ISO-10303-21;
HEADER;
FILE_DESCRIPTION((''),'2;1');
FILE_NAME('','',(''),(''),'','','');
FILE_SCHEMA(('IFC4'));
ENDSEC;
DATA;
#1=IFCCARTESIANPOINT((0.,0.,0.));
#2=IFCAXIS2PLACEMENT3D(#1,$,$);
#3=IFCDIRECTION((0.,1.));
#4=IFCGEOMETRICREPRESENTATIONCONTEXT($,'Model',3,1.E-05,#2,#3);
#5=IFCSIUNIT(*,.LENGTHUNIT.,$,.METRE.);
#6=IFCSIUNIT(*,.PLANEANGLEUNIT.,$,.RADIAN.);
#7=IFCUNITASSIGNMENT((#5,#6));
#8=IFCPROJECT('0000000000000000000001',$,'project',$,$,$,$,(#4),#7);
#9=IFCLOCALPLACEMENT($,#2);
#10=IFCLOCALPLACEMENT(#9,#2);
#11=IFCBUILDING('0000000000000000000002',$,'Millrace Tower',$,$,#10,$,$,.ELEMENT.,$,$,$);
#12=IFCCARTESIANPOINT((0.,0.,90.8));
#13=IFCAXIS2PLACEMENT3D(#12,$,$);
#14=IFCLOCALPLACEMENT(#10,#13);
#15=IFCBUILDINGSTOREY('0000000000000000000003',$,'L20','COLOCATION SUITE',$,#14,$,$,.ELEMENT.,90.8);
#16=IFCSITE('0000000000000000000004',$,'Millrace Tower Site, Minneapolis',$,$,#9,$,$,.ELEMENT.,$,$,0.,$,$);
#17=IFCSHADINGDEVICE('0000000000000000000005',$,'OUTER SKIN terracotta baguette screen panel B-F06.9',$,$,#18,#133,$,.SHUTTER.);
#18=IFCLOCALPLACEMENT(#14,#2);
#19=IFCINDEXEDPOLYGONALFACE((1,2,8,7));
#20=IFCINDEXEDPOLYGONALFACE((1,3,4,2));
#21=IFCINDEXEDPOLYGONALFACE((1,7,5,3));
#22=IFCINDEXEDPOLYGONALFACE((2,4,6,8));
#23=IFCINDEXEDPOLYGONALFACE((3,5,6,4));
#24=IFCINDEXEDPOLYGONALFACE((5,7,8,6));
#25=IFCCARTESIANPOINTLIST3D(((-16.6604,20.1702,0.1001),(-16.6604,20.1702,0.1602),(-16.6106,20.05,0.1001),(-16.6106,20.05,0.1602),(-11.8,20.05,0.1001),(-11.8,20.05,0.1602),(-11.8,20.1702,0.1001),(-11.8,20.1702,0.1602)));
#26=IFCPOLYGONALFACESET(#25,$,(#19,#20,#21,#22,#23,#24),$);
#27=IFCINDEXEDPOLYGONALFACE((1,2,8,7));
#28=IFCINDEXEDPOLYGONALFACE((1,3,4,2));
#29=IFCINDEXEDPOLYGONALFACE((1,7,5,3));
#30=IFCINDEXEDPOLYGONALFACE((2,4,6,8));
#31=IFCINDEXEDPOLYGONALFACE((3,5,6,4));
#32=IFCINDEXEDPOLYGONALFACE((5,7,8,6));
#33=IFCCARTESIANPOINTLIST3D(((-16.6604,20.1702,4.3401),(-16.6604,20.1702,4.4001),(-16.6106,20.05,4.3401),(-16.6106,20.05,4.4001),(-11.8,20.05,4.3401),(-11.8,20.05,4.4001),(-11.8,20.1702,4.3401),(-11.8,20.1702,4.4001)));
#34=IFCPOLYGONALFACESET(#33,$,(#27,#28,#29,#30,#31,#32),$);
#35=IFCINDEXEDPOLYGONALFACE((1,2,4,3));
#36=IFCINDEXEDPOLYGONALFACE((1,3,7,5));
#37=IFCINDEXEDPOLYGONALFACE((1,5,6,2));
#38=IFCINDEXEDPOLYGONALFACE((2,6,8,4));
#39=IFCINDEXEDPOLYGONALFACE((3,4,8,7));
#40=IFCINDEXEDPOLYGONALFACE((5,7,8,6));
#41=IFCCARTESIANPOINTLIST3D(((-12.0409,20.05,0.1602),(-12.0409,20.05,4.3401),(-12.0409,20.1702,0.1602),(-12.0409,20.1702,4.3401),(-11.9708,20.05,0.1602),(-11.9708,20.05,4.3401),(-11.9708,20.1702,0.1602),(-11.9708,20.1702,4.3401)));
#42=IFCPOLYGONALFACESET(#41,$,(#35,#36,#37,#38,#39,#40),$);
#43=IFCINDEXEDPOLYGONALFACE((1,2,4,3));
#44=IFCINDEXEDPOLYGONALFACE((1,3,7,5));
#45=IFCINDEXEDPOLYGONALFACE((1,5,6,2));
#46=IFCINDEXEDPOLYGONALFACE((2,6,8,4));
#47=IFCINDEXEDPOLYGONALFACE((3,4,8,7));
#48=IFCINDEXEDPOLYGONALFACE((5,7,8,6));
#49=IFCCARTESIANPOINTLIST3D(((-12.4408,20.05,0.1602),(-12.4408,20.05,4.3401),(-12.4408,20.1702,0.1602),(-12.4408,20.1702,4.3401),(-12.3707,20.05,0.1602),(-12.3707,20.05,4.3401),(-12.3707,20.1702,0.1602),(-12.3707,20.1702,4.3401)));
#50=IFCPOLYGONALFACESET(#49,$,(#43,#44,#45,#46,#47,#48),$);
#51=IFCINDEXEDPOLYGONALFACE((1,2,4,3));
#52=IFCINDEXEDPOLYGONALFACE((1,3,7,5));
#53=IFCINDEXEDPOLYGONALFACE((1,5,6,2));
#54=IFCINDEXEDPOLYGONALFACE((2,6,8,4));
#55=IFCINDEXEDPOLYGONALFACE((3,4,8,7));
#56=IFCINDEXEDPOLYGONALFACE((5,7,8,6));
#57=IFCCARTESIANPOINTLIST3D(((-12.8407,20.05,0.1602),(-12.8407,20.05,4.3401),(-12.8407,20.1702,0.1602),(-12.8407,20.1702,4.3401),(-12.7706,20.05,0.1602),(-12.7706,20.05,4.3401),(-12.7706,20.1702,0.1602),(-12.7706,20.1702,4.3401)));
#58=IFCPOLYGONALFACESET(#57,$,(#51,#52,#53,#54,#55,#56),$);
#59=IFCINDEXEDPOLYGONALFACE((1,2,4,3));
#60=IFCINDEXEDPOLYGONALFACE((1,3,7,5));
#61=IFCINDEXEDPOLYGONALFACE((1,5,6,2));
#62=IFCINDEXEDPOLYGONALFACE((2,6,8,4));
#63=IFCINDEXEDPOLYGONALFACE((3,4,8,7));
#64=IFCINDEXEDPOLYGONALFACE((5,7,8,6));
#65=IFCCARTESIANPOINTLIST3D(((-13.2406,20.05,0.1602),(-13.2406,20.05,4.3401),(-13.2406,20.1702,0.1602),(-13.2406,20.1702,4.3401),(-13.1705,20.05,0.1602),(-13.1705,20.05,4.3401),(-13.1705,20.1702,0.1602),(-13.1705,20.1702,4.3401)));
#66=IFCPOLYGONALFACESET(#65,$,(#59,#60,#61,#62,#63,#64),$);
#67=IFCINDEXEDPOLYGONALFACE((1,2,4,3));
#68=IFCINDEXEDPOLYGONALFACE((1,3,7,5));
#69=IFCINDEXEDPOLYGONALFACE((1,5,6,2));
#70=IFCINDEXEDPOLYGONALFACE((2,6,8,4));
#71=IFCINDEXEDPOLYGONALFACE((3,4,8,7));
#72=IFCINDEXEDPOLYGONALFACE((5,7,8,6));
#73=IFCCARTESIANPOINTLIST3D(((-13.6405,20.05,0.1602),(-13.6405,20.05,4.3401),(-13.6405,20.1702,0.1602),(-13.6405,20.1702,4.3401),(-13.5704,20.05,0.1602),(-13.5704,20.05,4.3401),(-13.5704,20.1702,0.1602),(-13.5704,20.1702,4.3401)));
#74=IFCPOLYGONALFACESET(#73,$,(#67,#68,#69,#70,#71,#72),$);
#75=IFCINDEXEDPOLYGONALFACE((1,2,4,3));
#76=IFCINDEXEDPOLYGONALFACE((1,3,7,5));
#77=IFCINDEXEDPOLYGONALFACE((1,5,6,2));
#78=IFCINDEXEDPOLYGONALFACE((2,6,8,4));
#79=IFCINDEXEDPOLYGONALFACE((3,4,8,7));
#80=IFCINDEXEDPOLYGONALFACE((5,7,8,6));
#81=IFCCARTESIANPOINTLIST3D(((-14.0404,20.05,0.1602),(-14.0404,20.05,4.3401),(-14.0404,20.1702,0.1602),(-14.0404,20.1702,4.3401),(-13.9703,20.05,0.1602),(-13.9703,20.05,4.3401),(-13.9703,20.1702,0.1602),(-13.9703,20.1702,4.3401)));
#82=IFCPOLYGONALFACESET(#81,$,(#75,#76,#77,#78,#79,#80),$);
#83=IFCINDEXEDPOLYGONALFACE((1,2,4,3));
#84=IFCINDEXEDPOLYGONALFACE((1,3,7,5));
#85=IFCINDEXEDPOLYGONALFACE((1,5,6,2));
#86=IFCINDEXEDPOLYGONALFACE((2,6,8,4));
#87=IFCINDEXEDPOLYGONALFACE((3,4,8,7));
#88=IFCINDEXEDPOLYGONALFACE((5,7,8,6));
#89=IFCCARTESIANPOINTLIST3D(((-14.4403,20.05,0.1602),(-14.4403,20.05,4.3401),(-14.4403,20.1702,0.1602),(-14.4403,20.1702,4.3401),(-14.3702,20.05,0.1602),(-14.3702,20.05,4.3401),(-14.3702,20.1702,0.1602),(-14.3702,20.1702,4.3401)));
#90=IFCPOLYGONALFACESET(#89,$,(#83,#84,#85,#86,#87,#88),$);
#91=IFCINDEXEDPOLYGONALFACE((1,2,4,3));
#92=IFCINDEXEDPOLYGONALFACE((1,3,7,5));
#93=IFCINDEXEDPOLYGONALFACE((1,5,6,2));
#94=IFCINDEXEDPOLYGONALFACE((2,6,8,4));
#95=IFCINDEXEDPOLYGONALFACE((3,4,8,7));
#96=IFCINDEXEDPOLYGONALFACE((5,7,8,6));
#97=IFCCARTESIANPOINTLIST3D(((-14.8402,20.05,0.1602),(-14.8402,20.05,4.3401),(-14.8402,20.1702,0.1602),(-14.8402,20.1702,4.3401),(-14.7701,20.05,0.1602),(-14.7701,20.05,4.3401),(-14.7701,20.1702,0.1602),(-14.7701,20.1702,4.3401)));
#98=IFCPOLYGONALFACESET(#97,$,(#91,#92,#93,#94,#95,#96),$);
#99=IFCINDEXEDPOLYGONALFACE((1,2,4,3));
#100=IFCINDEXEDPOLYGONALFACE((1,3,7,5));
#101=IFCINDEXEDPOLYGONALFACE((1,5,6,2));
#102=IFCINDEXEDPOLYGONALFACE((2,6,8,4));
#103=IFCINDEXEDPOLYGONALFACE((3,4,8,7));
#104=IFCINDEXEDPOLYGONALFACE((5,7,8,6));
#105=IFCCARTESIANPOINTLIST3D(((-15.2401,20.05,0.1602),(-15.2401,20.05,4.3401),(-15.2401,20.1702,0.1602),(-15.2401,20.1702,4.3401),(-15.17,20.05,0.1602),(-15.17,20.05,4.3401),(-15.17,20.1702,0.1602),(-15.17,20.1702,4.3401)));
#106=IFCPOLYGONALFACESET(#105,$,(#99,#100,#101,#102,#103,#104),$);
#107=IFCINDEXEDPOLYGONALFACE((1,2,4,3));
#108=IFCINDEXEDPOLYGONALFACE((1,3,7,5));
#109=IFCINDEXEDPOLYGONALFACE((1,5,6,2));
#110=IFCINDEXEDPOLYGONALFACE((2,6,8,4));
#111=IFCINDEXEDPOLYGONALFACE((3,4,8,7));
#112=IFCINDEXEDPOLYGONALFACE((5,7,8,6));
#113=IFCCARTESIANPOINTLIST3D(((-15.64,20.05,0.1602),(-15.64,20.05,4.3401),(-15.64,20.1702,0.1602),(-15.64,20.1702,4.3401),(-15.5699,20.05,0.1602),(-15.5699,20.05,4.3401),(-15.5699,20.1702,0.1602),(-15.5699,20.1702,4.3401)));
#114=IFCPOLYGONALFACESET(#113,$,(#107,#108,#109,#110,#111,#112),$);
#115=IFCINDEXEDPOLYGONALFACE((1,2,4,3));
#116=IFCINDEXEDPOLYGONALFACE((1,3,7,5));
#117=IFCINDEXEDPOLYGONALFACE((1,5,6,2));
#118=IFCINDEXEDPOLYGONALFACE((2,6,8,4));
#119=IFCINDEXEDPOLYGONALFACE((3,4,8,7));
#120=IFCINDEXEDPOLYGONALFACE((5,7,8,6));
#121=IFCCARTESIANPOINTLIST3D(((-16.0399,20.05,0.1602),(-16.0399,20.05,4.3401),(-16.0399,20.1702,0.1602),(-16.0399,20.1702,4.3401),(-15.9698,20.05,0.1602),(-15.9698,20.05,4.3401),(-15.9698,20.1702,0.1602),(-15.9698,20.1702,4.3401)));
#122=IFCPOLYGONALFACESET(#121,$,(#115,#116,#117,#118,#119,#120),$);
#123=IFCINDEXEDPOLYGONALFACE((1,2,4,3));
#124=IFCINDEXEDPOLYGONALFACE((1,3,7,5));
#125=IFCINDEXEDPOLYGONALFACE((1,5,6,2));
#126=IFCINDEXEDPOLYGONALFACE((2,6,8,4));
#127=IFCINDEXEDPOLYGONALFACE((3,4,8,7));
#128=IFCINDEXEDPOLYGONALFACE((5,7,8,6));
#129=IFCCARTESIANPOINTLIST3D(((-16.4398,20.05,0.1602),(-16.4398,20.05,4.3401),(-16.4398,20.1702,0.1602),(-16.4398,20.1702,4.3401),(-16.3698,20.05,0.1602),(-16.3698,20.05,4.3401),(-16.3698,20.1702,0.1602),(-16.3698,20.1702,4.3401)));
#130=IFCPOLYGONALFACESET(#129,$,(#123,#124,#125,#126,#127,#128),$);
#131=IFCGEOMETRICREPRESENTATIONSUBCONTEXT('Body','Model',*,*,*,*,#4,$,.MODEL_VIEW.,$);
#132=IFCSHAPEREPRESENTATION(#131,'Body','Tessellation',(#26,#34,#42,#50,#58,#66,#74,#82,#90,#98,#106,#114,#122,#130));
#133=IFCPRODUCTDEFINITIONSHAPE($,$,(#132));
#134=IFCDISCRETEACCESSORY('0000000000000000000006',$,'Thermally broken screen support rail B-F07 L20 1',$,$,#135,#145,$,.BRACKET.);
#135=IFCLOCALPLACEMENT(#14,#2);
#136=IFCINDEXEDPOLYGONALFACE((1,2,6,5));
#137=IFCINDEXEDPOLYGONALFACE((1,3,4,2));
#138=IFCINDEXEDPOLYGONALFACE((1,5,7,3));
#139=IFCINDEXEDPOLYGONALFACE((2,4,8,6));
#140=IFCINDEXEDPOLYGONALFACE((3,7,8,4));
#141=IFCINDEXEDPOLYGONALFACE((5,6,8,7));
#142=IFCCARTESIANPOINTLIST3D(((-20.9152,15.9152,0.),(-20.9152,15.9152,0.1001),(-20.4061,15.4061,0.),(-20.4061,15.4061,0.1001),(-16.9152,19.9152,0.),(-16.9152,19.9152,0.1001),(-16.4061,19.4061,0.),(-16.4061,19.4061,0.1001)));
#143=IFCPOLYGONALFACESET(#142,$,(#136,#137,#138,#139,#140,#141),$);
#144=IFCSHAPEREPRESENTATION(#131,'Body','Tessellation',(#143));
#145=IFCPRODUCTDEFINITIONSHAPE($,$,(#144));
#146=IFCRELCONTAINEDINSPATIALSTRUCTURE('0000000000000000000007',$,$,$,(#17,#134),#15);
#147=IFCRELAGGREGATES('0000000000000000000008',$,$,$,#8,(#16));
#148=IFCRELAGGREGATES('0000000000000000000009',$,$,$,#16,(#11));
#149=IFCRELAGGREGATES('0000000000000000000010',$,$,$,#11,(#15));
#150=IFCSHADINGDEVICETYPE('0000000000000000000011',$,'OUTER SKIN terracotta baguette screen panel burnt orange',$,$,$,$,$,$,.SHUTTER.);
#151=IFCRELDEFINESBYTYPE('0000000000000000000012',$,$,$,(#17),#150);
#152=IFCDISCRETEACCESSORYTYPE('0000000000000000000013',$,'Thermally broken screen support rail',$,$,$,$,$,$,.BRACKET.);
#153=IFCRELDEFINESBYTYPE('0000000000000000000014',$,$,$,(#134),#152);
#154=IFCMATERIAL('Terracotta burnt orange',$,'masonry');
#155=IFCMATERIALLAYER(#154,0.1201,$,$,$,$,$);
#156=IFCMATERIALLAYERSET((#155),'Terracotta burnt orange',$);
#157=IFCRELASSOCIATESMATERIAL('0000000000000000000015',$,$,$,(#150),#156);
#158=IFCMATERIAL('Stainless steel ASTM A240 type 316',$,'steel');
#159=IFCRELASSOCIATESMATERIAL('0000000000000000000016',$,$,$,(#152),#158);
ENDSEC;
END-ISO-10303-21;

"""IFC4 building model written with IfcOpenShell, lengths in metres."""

from ifc_helpers import new_model, entity, si_unit, direction, frame, frame_2d, origin, origin_2d, place, context, subcontext, project, spatial, rectangle, extrude, source, transform, mapped, material, layer, layer_set, type_object, element, save


model = new_model("IFC4")

# Units and contexts
model_context = context("Model", 3, precision=1e-05, world=origin(), true_north=direction((0.0, 1.0)))
body_context = subcontext(model_context, "Body", "Model", "MODEL_VIEW")
ifc_project = project(units=[si_unit("LENGTHUNIT", "METRE"), si_unit("PLANEANGLEUNIT", "RADIAN")], contexts=[model_context])

# Site, building, storey
site_placement = place(None, origin())
site = spatial("IfcSite", under=ifc_project, at=site_placement, Name="Millrace Tower Site, Minneapolis", CompositionType="ELEMENT", RefElevation=0.0)
building_placement = place(site_placement, origin())
building = spatial("IfcBuilding", under=site, at=building_placement, Name="Millrace Tower", CompositionType="ELEMENT")
storey_placement = place(building_placement, frame((0.0, 0.0, 90.8)))
storey = spatial("IfcBuildingStorey", under=building, at=storey_placement, Name="L20", Description="COLOCATION SUITE", CompositionType="ELEMENT", Elevation=90.8)

# Shading device
ifc_material_1 = material(Name="Terracotta burnt orange", Category="masonry")
ifc_layer_1 = layer(ifc_material_1, 0.1201)
ifc_layer_set_1 = layer_set([ifc_layer_1], Name="Terracotta burnt orange")
shading_device_type = type_object("IfcShadingDeviceType", Name="OUTER SKIN terracotta baguette screen panel burnt orange", PredefinedType="SHUTTER", material=ifc_layer_set_1)
cartesian_point_1 = entity("IfcCartesianPoint", [-2.4177, 0.0601])
shared_polyline_1 = entity("IfcPolyline", [cartesian_point_1, entity("IfcCartesianPoint", [2.3928, 0.0601]), entity("IfcCartesianPoint", [2.4426, -0.0601]), entity("IfcCartesianPoint", [-2.4177, -0.0601]), cartesian_point_1])
shared_shape_1 = source(origin(), body_context, "Body", "SweptSolid", [
    entity("IfcExtrudedAreaSolid", entity("IfcArbitraryClosedProfileDef", "AREA", None, shared_polyline_1), entity("IfcAxis2Placement3D", entity("IfcCartesianPoint", [0.0, 0.0, 0.0])), entity("IfcDirection", [0.0, 0.0, 1.0]), 0.0601),
    entity("IfcExtrudedAreaSolid", entity("IfcArbitraryClosedProfileDef", "AREA", None, shared_polyline_1), entity("IfcAxis2Placement3D", entity("IfcCartesianPoint", [0.0, 0.0, 4.24])), entity("IfcDirection", [0.0, 0.0, 1.0]), 0.0601),
    extrude(rectangle(XDim=0.0701, YDim=0.1201, at=frame_2d((-2.2119, 0.0))), frame((0.0, 0.0, 0.0601)), (0.0, 0.0, 1.0), 4.1799),
    extrude(rectangle(XDim=0.0701, YDim=0.1201, at=frame_2d((-1.812, 0.0))), frame((0.0, 0.0, 0.0601)), (0.0, 0.0, 1.0), 4.1799),
    extrude(rectangle(XDim=0.0701, YDim=0.1201, at=frame_2d((-1.4121, 0.0))), frame((0.0, 0.0, 0.0601)), (0.0, 0.0, 1.0), 4.1799),
    extrude(rectangle(XDim=0.0701, YDim=0.1201, at=frame_2d((-1.0122, 0.0))), frame((0.0, 0.0, 0.0601)), (0.0, 0.0, 1.0), 4.1799),
    extrude(rectangle(XDim=0.0701, YDim=0.1201, at=frame_2d((-0.6123, 0.0))), frame((0.0, 0.0, 0.0601)), (0.0, 0.0, 1.0), 4.1799),
    extrude(rectangle(XDim=0.0701, YDim=0.1201, at=frame_2d((-0.2124, 0.0))), frame((0.0, 0.0, 0.0601)), (0.0, 0.0, 1.0), 4.1799),
    extrude(rectangle(XDim=0.0701, YDim=0.1201, at=frame_2d((0.1875, 0.0))), frame((0.0, 0.0, 0.0601)), (0.0, 0.0, 1.0), 4.1799),
    extrude(rectangle(XDim=0.0701, YDim=0.1201, at=frame_2d((0.5874, 0.0))), frame((0.0, 0.0, 0.0601)), (0.0, 0.0, 1.0), 4.1799),
    extrude(rectangle(XDim=0.0701, YDim=0.1201, at=frame_2d((0.9873, 0.0))), frame((0.0, 0.0, 0.0601)), (0.0, 0.0, 1.0), 4.1799),
    extrude(rectangle(XDim=0.0701, YDim=0.1201, at=frame_2d((1.3872, 0.0))), frame((0.0, 0.0, 0.0601)), (0.0, 0.0, 1.0), 4.1799),
    extrude(rectangle(XDim=0.0701, YDim=0.1201, at=frame_2d((1.7871, 0.0))), frame((0.0, 0.0, 0.0601)), (0.0, 0.0, 1.0), 4.1799),
    extrude(rectangle(XDim=0.0701, YDim=0.1201, at=frame_2d((2.187, 0.0))), frame((0.0, 0.0, 0.0601)), (0.0, 0.0, 1.0), 4.1799),
])
shading_device_1_placement = place(storey_placement, frame((-14.2178, 20.1101, 0.1001), z_axis=(0.0, 0.0, 1.0), x_axis=(-1.0, 0.0, 0.0)))
element("IfcShadingDevice", 1, at=shading_device_1_placement, inside=storey, type_object=shading_device_type, Name="OUTER SKIN terracotta baguette screen panel B-F06.9", PredefinedType="SHUTTER", context=body_context, shape_type="MappedRepresentation", body=[
    mapped(shared_shape_1, transform((0.0, 0.0, 0.0), scale=1.0)),
])

# Discrete accessory
ifc_material_2 = material(Name="Stainless steel ASTM A240 type 316", Category="steel")
discrete_accessory_type = type_object("IfcDiscreteAccessoryType", Name="Thermally broken screen support rail", PredefinedType="BRACKET", material=ifc_material_2)
discrete_accessory_placement = place(storey_placement, frame((-18.6606, 17.6606, 0.0), z_axis=(0.0, 0.0, 1.0), x_axis=(-0.707107, -0.707107, 0.0)))
element("IfcDiscreteAccessory", 2, at=discrete_accessory_placement, inside=storey, type_object=discrete_accessory_type, Name="Thermally broken screen support rail B-F07 L20 1", PredefinedType="BRACKET", context=body_context, shape_type="SweptSolid", body=[
    extrude(rectangle(XDim=5.6567, YDim=0.72, at=origin_2d()), origin(), (0.0, 0.0, 1.0), 0.1001),
])

save(model, "model.ifc")
